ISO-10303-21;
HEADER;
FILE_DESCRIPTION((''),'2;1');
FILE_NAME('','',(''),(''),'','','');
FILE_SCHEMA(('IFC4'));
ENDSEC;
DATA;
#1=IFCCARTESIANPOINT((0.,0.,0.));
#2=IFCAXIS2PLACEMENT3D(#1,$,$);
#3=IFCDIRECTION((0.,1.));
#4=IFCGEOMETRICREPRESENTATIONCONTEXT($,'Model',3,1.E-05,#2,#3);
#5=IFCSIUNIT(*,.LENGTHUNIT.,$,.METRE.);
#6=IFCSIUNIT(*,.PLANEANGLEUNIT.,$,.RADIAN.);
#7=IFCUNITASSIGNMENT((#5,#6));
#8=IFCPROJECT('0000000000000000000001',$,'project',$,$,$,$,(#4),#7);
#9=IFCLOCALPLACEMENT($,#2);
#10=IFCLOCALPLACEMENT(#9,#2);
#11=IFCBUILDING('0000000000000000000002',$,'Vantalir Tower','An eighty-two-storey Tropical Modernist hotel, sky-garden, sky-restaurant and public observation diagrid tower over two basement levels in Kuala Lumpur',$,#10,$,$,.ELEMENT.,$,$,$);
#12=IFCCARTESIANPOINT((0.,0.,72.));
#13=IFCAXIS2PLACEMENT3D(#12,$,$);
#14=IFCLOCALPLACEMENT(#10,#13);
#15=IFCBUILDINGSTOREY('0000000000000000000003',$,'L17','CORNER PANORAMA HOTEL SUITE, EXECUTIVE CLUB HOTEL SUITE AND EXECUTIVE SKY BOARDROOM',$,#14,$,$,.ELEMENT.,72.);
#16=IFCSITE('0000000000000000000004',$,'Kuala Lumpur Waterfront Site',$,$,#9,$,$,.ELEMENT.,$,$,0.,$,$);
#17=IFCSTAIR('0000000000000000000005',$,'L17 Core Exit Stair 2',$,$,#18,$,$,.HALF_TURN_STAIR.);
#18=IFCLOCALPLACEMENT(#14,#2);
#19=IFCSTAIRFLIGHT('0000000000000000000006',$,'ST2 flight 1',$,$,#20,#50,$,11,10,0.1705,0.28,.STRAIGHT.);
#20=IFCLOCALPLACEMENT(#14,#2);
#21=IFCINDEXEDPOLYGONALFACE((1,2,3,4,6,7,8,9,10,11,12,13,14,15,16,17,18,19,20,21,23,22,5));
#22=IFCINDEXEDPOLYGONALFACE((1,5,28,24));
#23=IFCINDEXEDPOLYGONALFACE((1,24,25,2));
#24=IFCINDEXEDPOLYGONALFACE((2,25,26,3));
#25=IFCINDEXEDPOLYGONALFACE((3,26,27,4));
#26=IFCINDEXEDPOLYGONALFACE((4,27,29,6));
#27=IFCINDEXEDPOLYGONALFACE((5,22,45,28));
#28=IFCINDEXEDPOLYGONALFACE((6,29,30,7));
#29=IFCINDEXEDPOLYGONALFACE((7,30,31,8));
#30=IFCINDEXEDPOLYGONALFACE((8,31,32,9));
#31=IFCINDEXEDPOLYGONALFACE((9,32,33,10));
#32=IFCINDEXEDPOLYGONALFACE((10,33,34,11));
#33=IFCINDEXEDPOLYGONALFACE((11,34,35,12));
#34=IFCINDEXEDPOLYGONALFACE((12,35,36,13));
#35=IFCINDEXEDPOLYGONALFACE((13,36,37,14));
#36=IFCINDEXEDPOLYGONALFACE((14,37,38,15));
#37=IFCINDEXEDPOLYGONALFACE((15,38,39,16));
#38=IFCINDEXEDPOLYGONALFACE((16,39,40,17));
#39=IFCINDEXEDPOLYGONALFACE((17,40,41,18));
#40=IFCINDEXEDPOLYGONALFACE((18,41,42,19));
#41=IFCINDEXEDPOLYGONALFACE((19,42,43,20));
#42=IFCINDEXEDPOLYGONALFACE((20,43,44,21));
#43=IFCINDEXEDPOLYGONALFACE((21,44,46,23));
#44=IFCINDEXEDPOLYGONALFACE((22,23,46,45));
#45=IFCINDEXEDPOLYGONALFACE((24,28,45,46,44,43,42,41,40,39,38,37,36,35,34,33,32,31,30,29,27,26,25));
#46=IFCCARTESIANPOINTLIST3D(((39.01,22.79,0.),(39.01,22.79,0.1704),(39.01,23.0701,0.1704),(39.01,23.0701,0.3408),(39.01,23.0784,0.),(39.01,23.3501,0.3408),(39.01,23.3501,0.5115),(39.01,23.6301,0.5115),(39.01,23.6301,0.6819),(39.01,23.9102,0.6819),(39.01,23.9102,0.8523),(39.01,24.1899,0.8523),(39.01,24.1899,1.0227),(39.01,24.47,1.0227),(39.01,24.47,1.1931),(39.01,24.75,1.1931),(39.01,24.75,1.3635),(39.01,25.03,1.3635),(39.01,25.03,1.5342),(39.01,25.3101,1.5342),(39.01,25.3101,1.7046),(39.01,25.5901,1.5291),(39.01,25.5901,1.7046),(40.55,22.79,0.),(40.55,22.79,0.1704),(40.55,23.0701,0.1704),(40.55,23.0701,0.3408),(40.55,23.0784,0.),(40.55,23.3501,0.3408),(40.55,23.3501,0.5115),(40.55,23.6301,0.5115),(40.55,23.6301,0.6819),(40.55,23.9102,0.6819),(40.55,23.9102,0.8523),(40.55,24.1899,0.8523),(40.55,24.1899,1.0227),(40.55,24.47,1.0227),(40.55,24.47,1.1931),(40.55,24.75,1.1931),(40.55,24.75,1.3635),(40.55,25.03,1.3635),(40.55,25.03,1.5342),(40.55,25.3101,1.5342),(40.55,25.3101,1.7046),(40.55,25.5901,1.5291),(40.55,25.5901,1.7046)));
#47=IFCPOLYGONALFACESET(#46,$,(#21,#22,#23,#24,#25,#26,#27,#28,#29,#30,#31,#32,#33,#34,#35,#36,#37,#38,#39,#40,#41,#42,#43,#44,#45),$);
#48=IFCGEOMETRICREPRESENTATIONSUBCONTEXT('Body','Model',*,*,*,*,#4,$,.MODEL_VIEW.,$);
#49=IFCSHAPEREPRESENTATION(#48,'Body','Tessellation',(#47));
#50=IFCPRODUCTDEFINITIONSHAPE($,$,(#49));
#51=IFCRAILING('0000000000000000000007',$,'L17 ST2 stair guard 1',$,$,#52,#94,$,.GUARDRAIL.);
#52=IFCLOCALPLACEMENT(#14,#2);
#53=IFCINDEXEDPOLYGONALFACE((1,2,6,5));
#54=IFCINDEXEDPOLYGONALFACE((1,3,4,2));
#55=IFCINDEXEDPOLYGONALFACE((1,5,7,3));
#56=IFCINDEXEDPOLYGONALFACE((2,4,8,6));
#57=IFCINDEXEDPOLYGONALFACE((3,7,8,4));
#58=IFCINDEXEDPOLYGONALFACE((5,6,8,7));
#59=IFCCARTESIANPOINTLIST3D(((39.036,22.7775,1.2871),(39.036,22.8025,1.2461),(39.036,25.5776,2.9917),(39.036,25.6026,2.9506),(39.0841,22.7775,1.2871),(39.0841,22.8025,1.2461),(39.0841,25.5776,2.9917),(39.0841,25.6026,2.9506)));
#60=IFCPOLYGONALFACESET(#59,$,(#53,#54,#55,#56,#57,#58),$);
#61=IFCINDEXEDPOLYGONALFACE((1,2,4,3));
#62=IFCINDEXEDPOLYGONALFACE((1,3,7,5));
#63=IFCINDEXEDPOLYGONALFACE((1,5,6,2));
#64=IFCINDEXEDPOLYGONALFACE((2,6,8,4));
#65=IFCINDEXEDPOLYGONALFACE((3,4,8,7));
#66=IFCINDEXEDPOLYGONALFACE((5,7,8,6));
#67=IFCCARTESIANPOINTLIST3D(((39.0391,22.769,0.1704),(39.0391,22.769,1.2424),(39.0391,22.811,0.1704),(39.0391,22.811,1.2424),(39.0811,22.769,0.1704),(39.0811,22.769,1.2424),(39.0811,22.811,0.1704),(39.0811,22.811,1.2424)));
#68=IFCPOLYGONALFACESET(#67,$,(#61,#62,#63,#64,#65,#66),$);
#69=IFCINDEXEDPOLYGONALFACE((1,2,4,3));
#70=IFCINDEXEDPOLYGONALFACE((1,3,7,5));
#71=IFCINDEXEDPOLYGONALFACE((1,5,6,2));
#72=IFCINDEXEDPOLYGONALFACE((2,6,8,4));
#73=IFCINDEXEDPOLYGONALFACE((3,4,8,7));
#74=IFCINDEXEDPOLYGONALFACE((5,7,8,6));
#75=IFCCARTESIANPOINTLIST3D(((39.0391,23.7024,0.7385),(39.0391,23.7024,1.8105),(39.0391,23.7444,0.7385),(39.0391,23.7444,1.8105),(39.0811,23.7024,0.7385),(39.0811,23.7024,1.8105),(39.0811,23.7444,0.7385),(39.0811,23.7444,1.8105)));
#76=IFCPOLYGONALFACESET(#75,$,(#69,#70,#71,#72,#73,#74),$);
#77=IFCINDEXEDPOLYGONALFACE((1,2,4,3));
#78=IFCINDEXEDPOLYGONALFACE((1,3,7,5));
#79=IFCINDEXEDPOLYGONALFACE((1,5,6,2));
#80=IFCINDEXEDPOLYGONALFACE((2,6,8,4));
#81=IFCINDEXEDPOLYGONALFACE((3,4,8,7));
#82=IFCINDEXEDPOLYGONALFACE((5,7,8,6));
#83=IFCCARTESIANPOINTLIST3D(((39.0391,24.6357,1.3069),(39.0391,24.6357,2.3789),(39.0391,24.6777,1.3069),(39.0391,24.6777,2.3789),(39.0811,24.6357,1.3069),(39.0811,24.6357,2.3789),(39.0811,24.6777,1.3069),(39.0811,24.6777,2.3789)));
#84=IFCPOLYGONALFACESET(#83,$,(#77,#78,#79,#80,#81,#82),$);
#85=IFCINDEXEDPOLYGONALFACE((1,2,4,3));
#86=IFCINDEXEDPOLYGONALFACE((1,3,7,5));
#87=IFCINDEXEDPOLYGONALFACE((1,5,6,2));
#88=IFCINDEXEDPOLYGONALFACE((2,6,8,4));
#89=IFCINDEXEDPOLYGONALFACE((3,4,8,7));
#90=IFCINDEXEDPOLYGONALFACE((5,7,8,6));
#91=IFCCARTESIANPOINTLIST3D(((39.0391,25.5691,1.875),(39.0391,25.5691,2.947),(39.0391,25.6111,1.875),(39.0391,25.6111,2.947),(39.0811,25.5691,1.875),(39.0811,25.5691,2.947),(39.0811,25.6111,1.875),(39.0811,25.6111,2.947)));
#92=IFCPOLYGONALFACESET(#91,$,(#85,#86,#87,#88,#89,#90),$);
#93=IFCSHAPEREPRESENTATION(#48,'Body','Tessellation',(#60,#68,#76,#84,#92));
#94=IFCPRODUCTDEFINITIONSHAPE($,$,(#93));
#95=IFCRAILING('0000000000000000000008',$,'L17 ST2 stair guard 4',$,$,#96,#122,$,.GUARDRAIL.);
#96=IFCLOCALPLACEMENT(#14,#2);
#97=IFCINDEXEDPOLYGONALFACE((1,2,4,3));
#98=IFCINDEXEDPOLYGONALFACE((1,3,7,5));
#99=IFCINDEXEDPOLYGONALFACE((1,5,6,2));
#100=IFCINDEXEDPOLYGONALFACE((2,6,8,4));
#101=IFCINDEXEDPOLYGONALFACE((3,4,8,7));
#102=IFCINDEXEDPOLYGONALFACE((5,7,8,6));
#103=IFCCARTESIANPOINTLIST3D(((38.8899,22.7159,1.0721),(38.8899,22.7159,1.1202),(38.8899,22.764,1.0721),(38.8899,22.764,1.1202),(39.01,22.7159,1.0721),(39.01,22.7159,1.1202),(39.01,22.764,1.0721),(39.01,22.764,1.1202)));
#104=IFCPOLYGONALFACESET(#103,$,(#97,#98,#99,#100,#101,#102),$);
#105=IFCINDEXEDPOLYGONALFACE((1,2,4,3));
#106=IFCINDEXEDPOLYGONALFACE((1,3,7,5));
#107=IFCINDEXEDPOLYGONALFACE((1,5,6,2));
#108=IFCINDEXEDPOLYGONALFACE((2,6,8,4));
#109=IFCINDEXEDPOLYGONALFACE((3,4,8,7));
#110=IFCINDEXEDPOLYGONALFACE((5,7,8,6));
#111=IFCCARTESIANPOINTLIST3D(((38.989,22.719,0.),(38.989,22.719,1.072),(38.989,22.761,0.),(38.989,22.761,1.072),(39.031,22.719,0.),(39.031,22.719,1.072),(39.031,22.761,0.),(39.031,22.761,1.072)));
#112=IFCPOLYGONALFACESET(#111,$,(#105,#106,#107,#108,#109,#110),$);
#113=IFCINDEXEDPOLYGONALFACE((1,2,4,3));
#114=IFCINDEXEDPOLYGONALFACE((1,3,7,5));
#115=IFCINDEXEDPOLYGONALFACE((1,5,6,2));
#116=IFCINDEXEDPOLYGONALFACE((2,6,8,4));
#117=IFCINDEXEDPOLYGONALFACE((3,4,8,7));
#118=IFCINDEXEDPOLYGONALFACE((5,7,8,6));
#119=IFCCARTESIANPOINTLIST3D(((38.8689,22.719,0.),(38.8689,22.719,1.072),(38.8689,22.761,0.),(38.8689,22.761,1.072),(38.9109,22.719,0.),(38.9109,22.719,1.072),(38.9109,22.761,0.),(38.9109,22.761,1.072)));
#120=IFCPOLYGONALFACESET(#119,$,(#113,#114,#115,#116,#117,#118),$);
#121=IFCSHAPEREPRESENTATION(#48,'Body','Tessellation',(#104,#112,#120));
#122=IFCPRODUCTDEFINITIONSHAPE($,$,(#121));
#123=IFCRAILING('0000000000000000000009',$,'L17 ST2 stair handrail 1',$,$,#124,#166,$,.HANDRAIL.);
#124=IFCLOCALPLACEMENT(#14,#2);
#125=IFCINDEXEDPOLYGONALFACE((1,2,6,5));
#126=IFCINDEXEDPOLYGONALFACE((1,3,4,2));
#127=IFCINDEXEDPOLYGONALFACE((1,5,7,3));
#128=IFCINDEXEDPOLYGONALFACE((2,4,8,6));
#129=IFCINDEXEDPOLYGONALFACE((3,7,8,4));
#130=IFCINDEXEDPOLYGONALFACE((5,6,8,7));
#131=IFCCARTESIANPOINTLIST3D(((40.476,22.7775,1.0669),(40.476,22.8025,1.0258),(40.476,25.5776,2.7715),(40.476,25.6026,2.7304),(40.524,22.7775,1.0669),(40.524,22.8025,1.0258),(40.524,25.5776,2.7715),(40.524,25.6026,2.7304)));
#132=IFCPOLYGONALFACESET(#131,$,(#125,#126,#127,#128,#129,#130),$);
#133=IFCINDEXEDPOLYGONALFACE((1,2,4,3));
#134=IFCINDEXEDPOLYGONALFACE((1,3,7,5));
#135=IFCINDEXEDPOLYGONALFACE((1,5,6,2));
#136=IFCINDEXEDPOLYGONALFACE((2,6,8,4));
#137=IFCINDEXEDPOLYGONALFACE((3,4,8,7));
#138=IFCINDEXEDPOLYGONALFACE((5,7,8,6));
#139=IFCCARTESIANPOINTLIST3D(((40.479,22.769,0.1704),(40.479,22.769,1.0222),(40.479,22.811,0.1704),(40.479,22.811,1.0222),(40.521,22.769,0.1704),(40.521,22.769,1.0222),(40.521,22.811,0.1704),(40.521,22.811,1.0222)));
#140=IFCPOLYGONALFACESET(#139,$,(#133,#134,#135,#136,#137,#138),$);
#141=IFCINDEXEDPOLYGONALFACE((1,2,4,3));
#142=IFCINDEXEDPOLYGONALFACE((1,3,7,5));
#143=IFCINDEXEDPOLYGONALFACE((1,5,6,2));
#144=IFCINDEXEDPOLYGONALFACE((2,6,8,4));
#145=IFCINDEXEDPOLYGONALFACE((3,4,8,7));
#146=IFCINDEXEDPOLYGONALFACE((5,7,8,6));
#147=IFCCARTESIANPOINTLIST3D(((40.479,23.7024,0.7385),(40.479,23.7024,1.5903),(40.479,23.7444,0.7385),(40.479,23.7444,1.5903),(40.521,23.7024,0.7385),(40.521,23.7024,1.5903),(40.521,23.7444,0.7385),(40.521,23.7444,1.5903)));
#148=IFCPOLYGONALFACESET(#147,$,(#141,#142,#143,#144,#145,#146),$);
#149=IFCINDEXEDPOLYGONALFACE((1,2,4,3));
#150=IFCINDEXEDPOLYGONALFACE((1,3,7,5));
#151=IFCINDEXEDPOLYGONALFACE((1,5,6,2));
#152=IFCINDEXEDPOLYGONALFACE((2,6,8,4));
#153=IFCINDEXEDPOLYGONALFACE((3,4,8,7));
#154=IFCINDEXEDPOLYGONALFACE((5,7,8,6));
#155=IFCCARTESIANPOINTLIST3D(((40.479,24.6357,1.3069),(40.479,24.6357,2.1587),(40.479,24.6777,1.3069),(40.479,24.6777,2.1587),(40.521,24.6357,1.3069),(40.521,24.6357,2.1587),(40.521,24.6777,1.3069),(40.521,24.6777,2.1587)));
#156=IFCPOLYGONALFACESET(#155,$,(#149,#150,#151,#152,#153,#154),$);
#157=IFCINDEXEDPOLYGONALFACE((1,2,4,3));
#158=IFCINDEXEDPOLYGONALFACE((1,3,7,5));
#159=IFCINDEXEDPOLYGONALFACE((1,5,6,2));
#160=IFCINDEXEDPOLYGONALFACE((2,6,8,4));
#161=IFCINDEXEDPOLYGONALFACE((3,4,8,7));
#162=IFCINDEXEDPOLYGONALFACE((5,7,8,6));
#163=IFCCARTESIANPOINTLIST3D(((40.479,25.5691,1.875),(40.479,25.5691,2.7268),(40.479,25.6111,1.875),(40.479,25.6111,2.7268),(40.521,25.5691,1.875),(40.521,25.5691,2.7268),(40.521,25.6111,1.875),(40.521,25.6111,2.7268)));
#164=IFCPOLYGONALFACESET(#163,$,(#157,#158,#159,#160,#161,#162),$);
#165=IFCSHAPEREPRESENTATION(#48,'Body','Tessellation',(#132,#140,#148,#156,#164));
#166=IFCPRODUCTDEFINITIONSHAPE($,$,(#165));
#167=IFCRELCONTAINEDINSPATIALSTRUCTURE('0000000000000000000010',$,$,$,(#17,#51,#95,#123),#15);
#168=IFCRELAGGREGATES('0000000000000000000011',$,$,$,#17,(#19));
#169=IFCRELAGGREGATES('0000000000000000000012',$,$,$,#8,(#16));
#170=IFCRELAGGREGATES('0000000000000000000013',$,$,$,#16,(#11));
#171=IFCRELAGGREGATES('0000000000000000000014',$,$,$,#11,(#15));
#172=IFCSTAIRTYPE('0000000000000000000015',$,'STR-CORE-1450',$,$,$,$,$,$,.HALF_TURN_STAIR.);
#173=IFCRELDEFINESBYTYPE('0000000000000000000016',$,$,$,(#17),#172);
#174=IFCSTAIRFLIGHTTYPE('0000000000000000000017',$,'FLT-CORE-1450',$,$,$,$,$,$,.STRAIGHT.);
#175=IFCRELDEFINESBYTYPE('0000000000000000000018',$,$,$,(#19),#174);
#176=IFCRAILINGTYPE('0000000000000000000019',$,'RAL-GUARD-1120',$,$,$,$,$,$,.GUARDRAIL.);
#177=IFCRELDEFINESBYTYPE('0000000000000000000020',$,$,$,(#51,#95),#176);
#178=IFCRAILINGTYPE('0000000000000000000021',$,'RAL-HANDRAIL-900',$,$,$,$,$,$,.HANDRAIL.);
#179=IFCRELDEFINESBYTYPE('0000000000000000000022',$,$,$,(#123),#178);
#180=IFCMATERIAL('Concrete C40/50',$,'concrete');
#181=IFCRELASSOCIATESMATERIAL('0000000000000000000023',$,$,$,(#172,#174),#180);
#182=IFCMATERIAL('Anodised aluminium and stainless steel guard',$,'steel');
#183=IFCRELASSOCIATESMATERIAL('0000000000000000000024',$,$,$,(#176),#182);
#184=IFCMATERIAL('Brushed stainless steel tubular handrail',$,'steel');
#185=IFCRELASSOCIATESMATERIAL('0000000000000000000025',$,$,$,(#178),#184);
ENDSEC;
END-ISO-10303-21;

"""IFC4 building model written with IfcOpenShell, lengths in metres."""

from ifc_helpers import new_model, si_unit, direction, frame, origin, origin_2d, place, context, subcontext, project, spatial, polyline, rectangle, outline, extrude, material, type_object, element, aggregate, save


model = new_model("IFC4")

# Units and contexts
model_context = context("Model", 3, precision=1e-05, world=origin(), true_north=direction((0.0, 1.0)))
body_context = subcontext(model_context, "Body", "Model", "MODEL_VIEW")
ifc_project = project(units=[si_unit("LENGTHUNIT", "METRE"), si_unit("PLANEANGLEUNIT", "RADIAN")], contexts=[model_context])

# Site, building, storey
site_placement = place(None, origin())
site = spatial("IfcSite", under=ifc_project, at=site_placement, Name="Kuala Lumpur Waterfront Site", CompositionType="ELEMENT", RefElevation=0.0)
building_placement = place(site_placement, origin())
building = spatial("IfcBuilding", under=site, at=building_placement, Name="Vantalir Tower", Description="An eighty-two-storey Tropical Modernist hotel, sky-garden, sky-restaurant and public observation diagrid tower over two basement levels in Kuala Lumpur", CompositionType="ELEMENT")
storey_placement = place(building_placement, frame((0.0, 0.0, 72.0)))
storey = spatial("IfcBuildingStorey", under=building, at=storey_placement, Name="L17", Description="CORNER PANORAMA HOTEL SUITE, EXECUTIVE CLUB HOTEL SUITE AND EXECUTIVE SKY BOARDROOM", CompositionType="ELEMENT", Elevation=72.0)

# Stair, stair flight
ifc_material_1 = material(Name="Concrete C40/50", Category="concrete")
stair_type = type_object("IfcStairType", Name="STR-CORE-1450", PredefinedType="HALF_TURN_STAIR", material=ifc_material_1)
stair_placement = place(storey_placement, origin())
stair = element("IfcStair", 1, at=stair_placement, inside=storey, type_object=stair_type, Name="L17 Core Exit Stair 2", PredefinedType="HALF_TURN_STAIR")
stair_flight_type = type_object("IfcStairFlightType", Name="FLT-CORE-1450", PredefinedType="STRAIGHT", material=ifc_material_1)
stair_flight_placement = place(storey_placement, frame((39.78, 22.79, 0.0), z_axis=(0.0, 0.0, 1.0), x_axis=(0.0, 1.0, 0.0)))
stair_flight = element("IfcStairFlight", 2, at=stair_flight_placement, type_object=stair_flight_type, Name="ST2 flight 1", NumberOfRisers=11, NumberOfTreads=10, PredefinedType="STRAIGHT", RiserHeight=0.1705, TreadLength=0.28, context=body_context, shape_type="SweptSolid", body=[
    extrude(outline(polyline([(0.0, 0.0), (0.0, 0.1704), (0.28, 0.1704), (0.28, 0.3408), (0.5601, 0.3408), (0.5601, 0.5115), (0.8401, 0.5115), (0.8401, 0.6819), (1.1201, 0.6819), (1.1201, 0.8523), (1.3999, 0.8523), (1.3999, 1.0227), (1.6799, 1.0227), (1.6799, 1.1931), (1.96, 1.1931), (1.96, 1.3635), (2.24, 1.3635), (2.24, 1.5342), (2.52, 1.5342), (2.52, 1.7046), (2.8, 1.7046), (2.8, 1.875), (2.8, 1.5291), (0.2883, 0.0), (0.0, 0.0)])), frame((0.0, 0.77, 0.0), z_axis=(0.0, -1.0, 0.0), x_axis=(1.0, 0.0, 0.0)), (0.0, 0.0, 1.0), 1.54),
])
aggregate(stair, [stair_flight])

# Railings
ifc_material_2 = material(Name="Anodised aluminium and stainless steel guard", Category="steel")
railing_type_1 = type_object("IfcRailingType", Name="RAL-GUARD-1120", PredefinedType="GUARDRAIL", material=ifc_material_2)
railing_1_placement = place(storey_placement, frame((39.0601, 22.79, 0.1704)))
element("IfcRailing", 3, at=railing_1_placement, inside=storey, type_object=railing_type_1, Name="L17 ST2 stair guard 1", PredefinedType="GUARDRAIL", context=body_context, shape_type="SweptSolid", body=[
    extrude(rectangle(XDim=0.0481, YDim=0.0481, at=origin_2d()), frame((0.0, 0.0, 1.0962), z_axis=(0.0, 0.85417, 0.519994), x_axis=(-1.0, 0.0, 0.0)), (0.0, 0.0, 1.0), 3.2781),
    extrude(rectangle(XDim=0.042, YDim=0.042, at=origin_2d()), origin(), (0.0, 0.0, 1.0), 1.072),
    extrude(rectangle(XDim=0.042, YDim=0.042, at=origin_2d()), frame((0.0, 0.9333, 0.5681)), (0.0, 0.0, 1.0), 1.072),
    extrude(rectangle(XDim=0.042, YDim=0.042, at=origin_2d()), frame((0.0, 1.8667, 1.1365)), (0.0, 0.0, 1.0), 1.072),
    extrude(rectangle(XDim=0.042, YDim=0.042, at=origin_2d()), frame((0.0, 2.8, 1.7046)), (0.0, 0.0, 1.0), 1.072),
])
railing_2_placement = place(storey_placement, frame((39.01, 22.74, 0.0)))
element("IfcRailing", 4, at=railing_2_placement, inside=storey, type_object=railing_type_1, Name="L17 ST2 stair guard 4", PredefinedType="GUARDRAIL", context=body_context, shape_type="SweptSolid", body=[
    extrude(rectangle(XDim=0.0481, YDim=0.0481, at=origin_2d()), frame((0.0, 0.0, 1.0962), z_axis=(-1.0, 0.0, 0.0), x_axis=(0.0, -1.0, 0.0)), (0.0, 0.0, 1.0), 0.1201),
    extrude(rectangle(XDim=0.042, YDim=0.042, at=origin_2d()), origin(), (0.0, 0.0, 1.0), 1.072),
    extrude(rectangle(XDim=0.042, YDim=0.042, at=origin_2d()), frame((-0.1201, 0.0, 0.0)), (0.0, 0.0, 1.0), 1.072),
])
ifc_material_3 = material(Name="Brushed stainless steel tubular handrail", Category="steel")
railing_type_2 = type_object("IfcRailingType", Name="RAL-HANDRAIL-900", PredefinedType="HANDRAIL", material=ifc_material_3)
railing_3_placement = place(storey_placement, frame((40.5, 22.79, 0.1704)))
element("IfcRailing", 5, at=railing_3_placement, inside=storey, type_object=railing_type_2, Name="L17 ST2 stair handrail 1", PredefinedType="HANDRAIL", context=body_context, shape_type="SweptSolid", body=[
    extrude(rectangle(XDim=0.0481, YDim=0.0481, at=origin_2d()), frame((0.0, 0.0, 0.876), z_axis=(0.0, 0.85417, 0.519994), x_axis=(-1.0, 0.0, 0.0)), (0.0, 0.0, 1.0), 3.2781),
    extrude(rectangle(XDim=0.042, YDim=0.042, at=origin_2d()), origin(), (0.0, 0.0, 1.0), 0.8518),
    extrude(rectangle(XDim=0.042, YDim=0.042, at=origin_2d()), frame((0.0, 0.9333, 0.5681)), (0.0, 0.0, 1.0), 0.8518),
    extrude(rectangle(XDim=0.042, YDim=0.042, at=origin_2d()), frame((0.0, 1.8667, 1.1365)), (0.0, 0.0, 1.0), 0.8518),
    extrude(rectangle(XDim=0.042, YDim=0.042, at=origin_2d()), frame((0.0, 2.8, 1.7046)), (0.0, 0.0, 1.0), 0.8518),
])

save(model, "model.ifc")
